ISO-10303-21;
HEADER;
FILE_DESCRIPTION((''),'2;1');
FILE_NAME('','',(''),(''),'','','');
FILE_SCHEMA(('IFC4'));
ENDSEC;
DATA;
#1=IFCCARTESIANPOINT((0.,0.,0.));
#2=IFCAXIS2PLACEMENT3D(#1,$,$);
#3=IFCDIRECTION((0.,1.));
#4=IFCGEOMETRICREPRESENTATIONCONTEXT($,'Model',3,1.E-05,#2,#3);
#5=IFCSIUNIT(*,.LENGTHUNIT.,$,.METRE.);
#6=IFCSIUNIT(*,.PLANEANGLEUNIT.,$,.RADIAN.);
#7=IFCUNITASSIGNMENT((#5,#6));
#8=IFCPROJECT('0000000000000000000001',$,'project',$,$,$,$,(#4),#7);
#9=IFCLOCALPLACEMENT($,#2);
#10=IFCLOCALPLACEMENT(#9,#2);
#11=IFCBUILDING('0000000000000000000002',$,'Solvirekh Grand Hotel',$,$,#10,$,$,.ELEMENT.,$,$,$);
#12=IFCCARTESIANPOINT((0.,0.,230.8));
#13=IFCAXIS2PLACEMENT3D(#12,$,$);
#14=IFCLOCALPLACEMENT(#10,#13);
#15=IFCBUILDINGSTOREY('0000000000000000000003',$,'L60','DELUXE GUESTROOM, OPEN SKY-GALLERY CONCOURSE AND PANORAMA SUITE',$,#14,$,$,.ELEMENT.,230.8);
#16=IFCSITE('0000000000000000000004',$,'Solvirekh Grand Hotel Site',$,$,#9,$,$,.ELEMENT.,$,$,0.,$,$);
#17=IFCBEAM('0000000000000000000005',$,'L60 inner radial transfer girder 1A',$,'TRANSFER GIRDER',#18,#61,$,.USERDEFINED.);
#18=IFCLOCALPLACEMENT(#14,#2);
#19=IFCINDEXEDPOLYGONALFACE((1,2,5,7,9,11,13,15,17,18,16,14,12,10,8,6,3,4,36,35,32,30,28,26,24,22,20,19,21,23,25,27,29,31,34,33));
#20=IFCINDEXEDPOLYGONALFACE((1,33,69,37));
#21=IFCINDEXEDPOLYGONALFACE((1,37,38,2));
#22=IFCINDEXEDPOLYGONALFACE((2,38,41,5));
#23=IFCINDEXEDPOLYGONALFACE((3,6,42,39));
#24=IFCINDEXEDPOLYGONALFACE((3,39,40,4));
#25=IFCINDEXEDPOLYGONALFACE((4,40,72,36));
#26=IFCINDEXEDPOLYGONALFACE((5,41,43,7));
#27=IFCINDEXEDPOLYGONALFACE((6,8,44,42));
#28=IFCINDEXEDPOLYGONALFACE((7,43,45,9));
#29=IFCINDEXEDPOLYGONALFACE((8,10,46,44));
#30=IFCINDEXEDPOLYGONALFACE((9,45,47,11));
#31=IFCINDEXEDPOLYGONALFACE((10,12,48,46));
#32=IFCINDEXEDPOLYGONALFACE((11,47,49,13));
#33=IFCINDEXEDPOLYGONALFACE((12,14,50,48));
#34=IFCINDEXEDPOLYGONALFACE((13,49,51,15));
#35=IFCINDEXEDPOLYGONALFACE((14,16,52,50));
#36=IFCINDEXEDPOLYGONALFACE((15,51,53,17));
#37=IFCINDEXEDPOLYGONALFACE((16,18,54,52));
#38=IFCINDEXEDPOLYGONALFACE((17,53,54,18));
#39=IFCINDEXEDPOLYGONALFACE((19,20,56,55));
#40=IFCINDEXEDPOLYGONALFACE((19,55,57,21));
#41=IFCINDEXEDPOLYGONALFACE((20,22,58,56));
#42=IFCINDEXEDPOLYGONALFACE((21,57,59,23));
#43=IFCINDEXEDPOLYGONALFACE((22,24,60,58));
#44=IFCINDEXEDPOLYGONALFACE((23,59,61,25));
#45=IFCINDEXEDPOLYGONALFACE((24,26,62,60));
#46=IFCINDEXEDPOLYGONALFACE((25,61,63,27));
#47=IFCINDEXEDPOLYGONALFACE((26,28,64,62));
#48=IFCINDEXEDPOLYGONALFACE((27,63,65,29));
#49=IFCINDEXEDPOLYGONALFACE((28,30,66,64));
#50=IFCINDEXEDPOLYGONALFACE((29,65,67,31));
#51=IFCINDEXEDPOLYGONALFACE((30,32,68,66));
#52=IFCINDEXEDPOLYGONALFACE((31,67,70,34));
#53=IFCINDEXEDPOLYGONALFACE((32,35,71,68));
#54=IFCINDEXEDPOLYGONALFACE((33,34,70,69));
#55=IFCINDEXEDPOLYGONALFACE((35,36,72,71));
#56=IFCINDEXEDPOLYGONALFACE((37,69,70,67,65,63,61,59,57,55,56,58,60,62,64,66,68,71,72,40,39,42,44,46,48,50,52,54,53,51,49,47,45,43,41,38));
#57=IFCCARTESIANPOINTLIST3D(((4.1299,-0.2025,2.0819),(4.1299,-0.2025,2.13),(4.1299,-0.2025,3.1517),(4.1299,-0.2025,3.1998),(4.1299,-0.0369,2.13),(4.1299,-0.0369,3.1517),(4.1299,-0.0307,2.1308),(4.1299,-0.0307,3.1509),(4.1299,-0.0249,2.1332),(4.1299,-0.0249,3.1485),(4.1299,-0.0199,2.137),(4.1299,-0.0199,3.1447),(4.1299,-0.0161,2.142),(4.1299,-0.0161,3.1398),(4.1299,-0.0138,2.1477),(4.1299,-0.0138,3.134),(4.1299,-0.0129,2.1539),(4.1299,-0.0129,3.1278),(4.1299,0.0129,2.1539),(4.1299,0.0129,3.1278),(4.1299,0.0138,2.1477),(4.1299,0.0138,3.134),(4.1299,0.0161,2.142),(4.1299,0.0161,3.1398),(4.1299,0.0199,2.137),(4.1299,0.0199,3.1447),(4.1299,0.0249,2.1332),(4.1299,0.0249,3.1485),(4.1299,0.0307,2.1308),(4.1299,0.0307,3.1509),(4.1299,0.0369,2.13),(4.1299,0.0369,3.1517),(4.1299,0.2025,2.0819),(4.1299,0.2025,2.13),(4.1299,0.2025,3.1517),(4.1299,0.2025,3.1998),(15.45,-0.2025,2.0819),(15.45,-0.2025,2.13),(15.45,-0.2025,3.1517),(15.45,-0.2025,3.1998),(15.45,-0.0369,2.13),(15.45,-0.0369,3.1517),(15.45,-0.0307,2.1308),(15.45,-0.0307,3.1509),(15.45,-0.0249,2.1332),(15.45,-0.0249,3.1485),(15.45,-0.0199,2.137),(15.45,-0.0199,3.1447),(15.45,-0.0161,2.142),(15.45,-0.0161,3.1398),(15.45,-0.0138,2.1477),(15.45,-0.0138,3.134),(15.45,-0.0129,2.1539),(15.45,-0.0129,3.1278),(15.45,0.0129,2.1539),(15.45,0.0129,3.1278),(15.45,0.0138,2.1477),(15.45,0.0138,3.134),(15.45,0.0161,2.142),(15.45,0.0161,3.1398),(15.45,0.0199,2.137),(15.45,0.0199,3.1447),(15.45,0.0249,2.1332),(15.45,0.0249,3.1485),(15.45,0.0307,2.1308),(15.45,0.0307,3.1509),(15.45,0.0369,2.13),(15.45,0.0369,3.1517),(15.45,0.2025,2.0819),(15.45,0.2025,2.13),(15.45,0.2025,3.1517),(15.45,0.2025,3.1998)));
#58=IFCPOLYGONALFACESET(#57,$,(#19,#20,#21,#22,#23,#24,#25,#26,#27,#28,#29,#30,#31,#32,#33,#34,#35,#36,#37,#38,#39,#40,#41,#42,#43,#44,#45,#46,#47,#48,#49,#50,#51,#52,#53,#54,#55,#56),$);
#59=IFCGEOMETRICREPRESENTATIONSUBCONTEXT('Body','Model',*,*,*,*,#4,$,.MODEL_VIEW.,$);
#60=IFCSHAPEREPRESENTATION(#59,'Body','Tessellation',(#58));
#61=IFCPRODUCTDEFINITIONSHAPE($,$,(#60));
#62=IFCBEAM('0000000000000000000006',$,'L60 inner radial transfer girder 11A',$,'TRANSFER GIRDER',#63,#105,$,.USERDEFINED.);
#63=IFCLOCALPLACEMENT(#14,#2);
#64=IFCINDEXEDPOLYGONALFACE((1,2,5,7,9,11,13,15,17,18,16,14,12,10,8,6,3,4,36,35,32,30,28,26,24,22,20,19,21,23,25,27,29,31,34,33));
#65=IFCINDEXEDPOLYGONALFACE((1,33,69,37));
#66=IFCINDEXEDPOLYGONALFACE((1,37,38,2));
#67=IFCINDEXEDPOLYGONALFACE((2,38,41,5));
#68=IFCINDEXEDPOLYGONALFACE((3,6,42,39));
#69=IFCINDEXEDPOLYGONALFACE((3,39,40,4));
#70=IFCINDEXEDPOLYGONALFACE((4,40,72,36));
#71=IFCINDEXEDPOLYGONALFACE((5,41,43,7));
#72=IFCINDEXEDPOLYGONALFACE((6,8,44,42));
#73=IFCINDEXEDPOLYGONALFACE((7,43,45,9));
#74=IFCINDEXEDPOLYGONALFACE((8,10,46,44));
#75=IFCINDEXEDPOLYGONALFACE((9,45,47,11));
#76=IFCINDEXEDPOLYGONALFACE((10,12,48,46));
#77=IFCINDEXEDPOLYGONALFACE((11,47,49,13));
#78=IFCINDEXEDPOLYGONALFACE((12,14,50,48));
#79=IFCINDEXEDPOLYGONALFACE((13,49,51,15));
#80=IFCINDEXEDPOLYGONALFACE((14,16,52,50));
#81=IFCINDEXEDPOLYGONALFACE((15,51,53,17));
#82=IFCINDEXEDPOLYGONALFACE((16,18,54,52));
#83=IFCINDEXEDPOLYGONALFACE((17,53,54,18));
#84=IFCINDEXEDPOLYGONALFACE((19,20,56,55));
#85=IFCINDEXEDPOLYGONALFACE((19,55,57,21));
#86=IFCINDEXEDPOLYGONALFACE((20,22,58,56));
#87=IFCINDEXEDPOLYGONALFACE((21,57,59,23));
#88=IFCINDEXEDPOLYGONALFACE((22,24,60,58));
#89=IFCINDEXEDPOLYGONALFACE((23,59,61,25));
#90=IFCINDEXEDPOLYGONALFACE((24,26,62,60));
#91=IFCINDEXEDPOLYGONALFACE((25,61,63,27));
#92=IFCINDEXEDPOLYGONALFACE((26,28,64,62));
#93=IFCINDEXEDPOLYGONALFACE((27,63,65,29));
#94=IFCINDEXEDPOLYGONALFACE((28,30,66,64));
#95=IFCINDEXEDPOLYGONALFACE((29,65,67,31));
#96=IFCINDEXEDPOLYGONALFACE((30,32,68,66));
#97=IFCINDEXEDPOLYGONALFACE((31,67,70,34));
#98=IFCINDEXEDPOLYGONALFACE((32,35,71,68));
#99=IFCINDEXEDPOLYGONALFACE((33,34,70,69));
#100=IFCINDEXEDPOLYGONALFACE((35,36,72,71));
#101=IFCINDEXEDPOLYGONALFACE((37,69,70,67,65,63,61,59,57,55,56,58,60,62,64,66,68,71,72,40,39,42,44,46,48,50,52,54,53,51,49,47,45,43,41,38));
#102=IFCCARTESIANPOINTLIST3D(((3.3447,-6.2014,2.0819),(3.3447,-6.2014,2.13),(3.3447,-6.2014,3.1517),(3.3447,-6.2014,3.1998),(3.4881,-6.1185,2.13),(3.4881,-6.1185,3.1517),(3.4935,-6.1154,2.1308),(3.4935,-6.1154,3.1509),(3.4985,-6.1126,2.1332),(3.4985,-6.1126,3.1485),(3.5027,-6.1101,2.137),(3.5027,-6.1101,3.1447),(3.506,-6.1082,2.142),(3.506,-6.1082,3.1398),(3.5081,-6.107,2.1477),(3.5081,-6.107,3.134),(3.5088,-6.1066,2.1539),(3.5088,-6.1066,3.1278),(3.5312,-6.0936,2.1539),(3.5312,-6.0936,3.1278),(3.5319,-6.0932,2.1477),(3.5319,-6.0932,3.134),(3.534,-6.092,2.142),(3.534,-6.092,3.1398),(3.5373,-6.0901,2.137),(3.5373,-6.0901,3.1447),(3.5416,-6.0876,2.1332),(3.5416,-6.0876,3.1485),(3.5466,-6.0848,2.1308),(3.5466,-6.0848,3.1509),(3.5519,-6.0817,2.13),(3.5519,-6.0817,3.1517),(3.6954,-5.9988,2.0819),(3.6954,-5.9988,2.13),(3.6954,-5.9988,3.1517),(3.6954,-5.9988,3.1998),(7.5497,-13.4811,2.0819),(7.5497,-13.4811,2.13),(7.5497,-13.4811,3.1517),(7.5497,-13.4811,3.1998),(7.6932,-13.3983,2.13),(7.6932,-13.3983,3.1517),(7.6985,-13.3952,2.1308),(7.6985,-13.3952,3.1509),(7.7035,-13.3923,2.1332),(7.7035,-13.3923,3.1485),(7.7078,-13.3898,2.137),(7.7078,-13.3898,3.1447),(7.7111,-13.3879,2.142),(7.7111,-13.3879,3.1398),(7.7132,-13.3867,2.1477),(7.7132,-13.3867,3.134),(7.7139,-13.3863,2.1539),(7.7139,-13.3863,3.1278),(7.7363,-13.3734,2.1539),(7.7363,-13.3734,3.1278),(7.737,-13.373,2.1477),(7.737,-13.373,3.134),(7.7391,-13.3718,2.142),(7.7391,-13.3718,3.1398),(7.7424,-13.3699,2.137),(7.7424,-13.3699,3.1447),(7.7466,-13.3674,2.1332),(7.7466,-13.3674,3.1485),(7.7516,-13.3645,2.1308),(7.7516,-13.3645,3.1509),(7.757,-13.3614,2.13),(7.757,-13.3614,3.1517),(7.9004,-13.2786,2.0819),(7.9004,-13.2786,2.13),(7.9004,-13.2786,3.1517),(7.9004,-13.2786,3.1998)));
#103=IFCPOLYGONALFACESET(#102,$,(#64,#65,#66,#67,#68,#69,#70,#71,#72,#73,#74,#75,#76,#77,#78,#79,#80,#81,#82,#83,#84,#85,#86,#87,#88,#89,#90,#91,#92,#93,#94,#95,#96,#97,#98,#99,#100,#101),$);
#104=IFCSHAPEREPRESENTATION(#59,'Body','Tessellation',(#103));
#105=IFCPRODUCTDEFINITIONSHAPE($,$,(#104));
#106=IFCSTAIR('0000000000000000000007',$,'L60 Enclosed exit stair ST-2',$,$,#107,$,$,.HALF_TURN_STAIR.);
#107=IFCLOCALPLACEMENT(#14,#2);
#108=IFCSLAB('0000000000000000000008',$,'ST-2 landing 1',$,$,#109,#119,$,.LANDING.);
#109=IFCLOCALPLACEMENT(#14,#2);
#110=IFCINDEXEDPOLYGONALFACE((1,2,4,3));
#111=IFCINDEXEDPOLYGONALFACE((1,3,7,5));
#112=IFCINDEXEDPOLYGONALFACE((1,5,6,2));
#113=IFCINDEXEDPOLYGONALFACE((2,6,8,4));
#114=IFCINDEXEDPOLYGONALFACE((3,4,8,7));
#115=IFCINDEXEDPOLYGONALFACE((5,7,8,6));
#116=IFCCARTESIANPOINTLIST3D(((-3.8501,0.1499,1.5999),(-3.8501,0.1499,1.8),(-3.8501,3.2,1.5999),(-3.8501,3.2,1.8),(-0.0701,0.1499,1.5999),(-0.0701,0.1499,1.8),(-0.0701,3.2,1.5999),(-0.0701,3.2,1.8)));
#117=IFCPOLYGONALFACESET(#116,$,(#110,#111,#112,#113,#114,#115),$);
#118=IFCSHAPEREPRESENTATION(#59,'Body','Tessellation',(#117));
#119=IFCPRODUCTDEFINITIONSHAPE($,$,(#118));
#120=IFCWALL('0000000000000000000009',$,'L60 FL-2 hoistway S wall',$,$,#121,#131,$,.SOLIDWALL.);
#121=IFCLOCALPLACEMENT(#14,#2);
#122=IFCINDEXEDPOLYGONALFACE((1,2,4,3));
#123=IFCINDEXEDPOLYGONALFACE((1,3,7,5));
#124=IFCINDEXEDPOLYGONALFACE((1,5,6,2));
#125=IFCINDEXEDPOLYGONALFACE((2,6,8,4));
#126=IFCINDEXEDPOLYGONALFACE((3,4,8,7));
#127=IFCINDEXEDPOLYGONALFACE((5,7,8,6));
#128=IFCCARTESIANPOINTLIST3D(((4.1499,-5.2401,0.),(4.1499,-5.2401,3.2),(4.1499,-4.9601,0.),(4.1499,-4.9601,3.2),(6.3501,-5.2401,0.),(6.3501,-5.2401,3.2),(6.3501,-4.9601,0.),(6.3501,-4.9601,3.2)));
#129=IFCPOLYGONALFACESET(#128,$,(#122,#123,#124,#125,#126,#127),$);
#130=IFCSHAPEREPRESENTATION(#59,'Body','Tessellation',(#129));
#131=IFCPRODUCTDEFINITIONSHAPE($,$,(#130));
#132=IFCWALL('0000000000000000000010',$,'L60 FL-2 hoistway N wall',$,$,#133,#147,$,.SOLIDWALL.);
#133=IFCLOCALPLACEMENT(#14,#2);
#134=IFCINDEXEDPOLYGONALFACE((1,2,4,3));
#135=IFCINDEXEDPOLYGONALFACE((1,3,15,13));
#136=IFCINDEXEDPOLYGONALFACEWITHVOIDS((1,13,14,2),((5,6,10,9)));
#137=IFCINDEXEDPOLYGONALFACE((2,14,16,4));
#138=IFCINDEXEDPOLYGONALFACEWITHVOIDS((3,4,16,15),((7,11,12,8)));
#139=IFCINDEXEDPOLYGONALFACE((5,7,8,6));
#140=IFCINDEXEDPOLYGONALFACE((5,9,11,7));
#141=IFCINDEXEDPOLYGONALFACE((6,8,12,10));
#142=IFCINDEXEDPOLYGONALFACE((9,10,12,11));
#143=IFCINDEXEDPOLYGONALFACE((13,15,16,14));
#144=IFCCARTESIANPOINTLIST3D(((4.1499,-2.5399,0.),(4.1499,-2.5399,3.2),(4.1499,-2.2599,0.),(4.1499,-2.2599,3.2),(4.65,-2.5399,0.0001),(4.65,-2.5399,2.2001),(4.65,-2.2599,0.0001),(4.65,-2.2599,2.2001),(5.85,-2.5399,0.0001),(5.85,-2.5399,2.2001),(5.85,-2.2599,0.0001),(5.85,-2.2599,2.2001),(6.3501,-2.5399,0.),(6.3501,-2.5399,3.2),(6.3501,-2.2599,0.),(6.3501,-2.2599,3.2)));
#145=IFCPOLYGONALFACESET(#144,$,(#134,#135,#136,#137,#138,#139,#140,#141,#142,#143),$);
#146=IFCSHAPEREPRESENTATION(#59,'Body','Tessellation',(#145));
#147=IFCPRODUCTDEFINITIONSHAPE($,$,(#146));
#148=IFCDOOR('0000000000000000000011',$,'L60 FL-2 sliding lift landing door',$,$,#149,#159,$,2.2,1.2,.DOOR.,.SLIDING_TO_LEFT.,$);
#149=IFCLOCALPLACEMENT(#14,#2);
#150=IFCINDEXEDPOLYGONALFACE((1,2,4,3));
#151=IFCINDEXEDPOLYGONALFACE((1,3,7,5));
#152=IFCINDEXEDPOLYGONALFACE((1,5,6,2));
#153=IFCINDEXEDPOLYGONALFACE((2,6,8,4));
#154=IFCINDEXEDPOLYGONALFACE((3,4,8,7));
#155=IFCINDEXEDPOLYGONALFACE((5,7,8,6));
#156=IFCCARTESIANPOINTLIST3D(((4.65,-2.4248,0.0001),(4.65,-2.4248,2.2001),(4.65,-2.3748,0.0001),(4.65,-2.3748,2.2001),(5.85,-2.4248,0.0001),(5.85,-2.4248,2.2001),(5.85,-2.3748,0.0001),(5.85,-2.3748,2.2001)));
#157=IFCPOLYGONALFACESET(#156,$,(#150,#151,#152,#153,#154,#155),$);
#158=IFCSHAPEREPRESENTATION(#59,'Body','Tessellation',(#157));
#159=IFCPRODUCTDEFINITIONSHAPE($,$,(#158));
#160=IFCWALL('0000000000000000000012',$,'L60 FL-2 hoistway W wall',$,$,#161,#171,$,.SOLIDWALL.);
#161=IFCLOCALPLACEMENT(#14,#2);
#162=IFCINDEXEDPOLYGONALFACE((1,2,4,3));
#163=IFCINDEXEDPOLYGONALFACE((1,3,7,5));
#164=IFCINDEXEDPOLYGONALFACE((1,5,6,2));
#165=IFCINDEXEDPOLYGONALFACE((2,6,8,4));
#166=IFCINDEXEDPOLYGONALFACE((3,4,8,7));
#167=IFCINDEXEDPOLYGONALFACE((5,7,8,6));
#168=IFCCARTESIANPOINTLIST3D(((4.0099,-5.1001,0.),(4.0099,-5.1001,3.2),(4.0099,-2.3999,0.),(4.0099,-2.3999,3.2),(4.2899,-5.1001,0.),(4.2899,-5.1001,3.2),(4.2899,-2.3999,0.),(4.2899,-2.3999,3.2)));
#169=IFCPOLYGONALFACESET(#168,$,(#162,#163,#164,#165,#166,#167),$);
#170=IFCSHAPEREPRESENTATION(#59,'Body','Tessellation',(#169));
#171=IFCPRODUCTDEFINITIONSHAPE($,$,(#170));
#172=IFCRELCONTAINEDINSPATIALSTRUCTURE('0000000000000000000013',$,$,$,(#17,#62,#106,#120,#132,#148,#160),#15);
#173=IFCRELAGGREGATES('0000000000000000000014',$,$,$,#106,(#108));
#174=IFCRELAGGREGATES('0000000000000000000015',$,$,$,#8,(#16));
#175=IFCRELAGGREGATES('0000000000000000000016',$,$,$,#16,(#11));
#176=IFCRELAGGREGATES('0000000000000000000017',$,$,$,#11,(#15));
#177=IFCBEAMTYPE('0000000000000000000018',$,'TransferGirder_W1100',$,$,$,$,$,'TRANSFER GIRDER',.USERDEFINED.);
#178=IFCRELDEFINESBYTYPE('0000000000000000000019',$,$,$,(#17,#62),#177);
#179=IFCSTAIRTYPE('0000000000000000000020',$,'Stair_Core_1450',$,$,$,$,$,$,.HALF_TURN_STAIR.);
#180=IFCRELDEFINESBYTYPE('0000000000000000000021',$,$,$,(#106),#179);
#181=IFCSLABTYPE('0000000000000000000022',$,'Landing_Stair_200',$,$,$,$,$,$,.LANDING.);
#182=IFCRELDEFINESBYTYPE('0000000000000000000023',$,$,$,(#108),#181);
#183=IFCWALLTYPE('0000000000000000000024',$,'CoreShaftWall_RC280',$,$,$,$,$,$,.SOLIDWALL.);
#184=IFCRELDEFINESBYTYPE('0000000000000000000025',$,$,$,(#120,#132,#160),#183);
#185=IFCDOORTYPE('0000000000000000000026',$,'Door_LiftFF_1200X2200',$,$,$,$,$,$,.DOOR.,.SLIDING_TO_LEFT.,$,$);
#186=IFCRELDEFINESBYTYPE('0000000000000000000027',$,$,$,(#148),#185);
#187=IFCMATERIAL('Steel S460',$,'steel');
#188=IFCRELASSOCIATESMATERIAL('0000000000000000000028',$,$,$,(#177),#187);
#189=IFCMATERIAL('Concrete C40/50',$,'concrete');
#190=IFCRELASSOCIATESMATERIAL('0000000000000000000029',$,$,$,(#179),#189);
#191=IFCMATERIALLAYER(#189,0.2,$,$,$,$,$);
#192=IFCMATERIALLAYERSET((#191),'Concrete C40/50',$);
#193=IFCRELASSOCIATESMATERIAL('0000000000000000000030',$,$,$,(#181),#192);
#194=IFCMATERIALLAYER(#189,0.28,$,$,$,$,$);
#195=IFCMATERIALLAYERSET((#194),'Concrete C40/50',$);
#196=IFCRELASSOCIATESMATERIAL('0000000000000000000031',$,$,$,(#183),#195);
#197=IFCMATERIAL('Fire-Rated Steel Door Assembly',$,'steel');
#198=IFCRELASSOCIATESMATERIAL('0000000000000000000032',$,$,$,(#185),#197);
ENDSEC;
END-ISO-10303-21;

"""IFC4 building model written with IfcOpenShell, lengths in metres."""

from ifc_helpers import new_model, si_unit, direction, frame, frame_2d, origin, origin_2d, place, context, subcontext, project, spatial, polyline, rectangle, i_section, outline, extrude, material, layer, layer_set, material_profile, profile_set, type_object, element, fill, aggregate, save


model = new_model("IFC4")

# Units and contexts
model_context = context("Model", 3, precision=1e-05, world=origin(), true_north=direction((0.0, 1.0)))
body_context = subcontext(model_context, "Body", "Model", "MODEL_VIEW")
ifc_project = project(units=[si_unit("LENGTHUNIT", "METRE"), si_unit("PLANEANGLEUNIT", "RADIAN")], contexts=[model_context])

# Site, building, storey
site_placement = place(None, origin())
site = spatial("IfcSite", under=ifc_project, at=site_placement, Name="Solvirekh Grand Hotel Site", CompositionType="ELEMENT", RefElevation=0.0)
building_placement = place(site_placement, origin())
building = spatial("IfcBuilding", under=site, at=building_placement, Name="Solvirekh Grand Hotel", CompositionType="ELEMENT")
storey_placement = place(building_placement, frame((0.0, 0.0, 230.8)))
storey = spatial("IfcBuildingStorey", under=building, at=storey_placement, Name="L60", Description="DELUXE GUESTROOM, OPEN SKY-GALLERY CONCOURSE AND PANORAMA SUITE", CompositionType="ELEMENT", Elevation=230.8)

# Beams
ifc_material_1 = material(Name="Steel S460", Category="steel")
ifc_material_profile = material_profile(ifc_material_1, i_section(OverallWidth=0.405, OverallDepth=1.1179, WebThickness=0.0259, FlangeThickness=0.0481, FilletRadius=0.0239, at=origin_2d()), Name="W1100X499")
ifc_profile_set = profile_set([ifc_material_profile], Name="Steel S460")
beam_type = type_object("IfcBeamType", Name="TransferGirder_W1100", ElementType="TRANSFER GIRDER", PredefinedType="USERDEFINED", material=ifc_profile_set)
beam_1_placement = place(storey_placement, frame((4.1299, 0.0, 2.6409), z_axis=(1.0, 0.0, 0.0), x_axis=(0.0, 1.0, 0.0)))
element("IfcBeam", 1, at=beam_1_placement, inside=storey, type_object=beam_type, Name="L60 inner radial transfer girder 1A", ObjectType="TRANSFER GIRDER", PredefinedType="USERDEFINED", context=body_context, shape_type="SweptSolid", body=[
    extrude(i_section(OverallWidth=0.405, OverallDepth=1.1179, WebThickness=0.0259, FlangeThickness=0.0481, FilletRadius=0.0239, at=origin_2d()), origin(), (0.0, 0.0, 1.0), 11.3201),
])
beam_2_placement = place(storey_placement, frame((3.52, -6.1001, 2.6409), z_axis=(0.500187, -0.865918, 0.0), x_axis=(0.865918, 0.500187, 0.0)))
element("IfcBeam", 2, at=beam_2_placement, inside=storey, type_object=beam_type, Name="L60 inner radial transfer girder 11A", ObjectType="TRANSFER GIRDER", PredefinedType="USERDEFINED", context=body_context, shape_type="SweptSolid", body=[
    extrude(i_section(OverallWidth=0.405, OverallDepth=1.1179, WebThickness=0.0259, FlangeThickness=0.0481, FilletRadius=0.0239, at=origin_2d()), origin(), (0.0, 0.0, 1.0), 8.407),
])

# Stair, slab
ifc_material_2 = material(Name="Concrete C40/50", Category="concrete")
stair_type = type_object("IfcStairType", Name="Stair_Core_1450", PredefinedType="HALF_TURN_STAIR", material=ifc_material_2)
stair_1_placement = place(storey_placement, origin())
stair_1 = element("IfcStair", 3, at=stair_1_placement, inside=storey, type_object=stair_type, Name="L60 Enclosed exit stair ST-2", PredefinedType="HALF_TURN_STAIR")
ifc_layer_1 = layer(ifc_material_2, 0.2)
ifc_layer_set_1 = layer_set([ifc_layer_1], Name="Concrete C40/50")
slab_type = type_object("IfcSlabType", Name="Landing_Stair_200", PredefinedType="LANDING", material=ifc_layer_set_1)
slab_placement = place(storey_placement, frame((0.0, 0.0, 1.5999)))
slab = element("IfcSlab", 4, at=slab_placement, type_object=slab_type, Name="ST-2 landing 1", PredefinedType="LANDING", context=body_context, shape_type="SweptSolid", body=[
    extrude(outline(polyline([(-0.0701, 3.2), (-3.8501, 3.2), (-3.8501, 0.1499), (-0.0701, 0.1499), (-0.0701, 3.2)])), origin(), (0.0, 0.0, 1.0), 0.2002),
])
aggregate(stair_1, [slab])

# Wall
ifc_layer_2 = layer(ifc_material_2, 0.28)
ifc_layer_set_2 = layer_set([ifc_layer_2], Name="Concrete C40/50")
wall_type_1 = type_object("IfcWallType", Name="CoreShaftWall_RC280", PredefinedType="SOLIDWALL", material=ifc_layer_set_2)
wall_1_placement = place(storey_placement, frame((4.1499, -5.1001, 0.0), z_axis=(0.0, 0.0, 1.0), x_axis=(1.0, 0.0, 0.0)))
element("IfcWall", 5, at=wall_1_placement, inside=storey, type_object=wall_type_1, Name="L60 FL-2 hoistway S wall", PredefinedType="SOLIDWALL", context=body_context, shape_type="SweptSolid", body=[
    extrude(rectangle(XDim=2.2002, YDim=0.28, at=frame_2d((1.1001, 0.0))), origin(), (0.0, 0.0, 1.0), 3.2),
])

# Wall, opening, door
wall_2_placement = place(storey_placement, frame((6.3501, -2.3999, 0.0), z_axis=(0.0, 0.0, 1.0), x_axis=(-1.0, 0.0, 0.0)))
wall_2 = element("IfcWall", 6, at=wall_2_placement, inside=storey, type_object=wall_type_1, Name="L60 FL-2 hoistway N wall", PredefinedType="SOLIDWALL", context=body_context, shape_type="SweptSolid", body=[
    extrude(rectangle(XDim=2.2002, YDim=0.28, at=frame_2d((1.1001, 0.0))), origin(), (0.0, 0.0, 1.0), 3.2),
])
opening_1_placement = place(wall_2_placement, frame((0.5, 0.0, 0.0)))
opening_1 = element("IfcOpeningElement", 7, at=opening_1_placement, cuts=wall_2, PredefinedType="OPENING", context=body_context, shape_type="SweptSolid", body=[
    extrude(rectangle(XDim=1.2, YDim=2.2, at=frame_2d((0.6001, 1.1001))), frame((0.0, 0.1499, 0.0), z_axis=(0.0, -1.0, 0.0), x_axis=(1.0, 0.0, 0.0)), (0.0, 0.0, 1.0), 0.3),
])
ifc_material_3 = material(Name="Fire-Rated Steel Door Assembly", Category="steel")
door_type_1 = type_object("IfcDoorType", Name="Door_LiftFF_1200X2200", OperationType="SLIDING_TO_LEFT", PredefinedType="DOOR", material=ifc_material_3)
door_1_placement = place(opening_1_placement, origin())
door_1 = element("IfcDoor", 8, at=door_1_placement, inside=storey, type_object=door_type_1, Name="L60 FL-2 sliding lift landing door", OperationType="SLIDING_TO_LEFT", OverallHeight=2.2, OverallWidth=1.2, PredefinedType="DOOR", context=body_context, shape_type="SweptSolid", body=[
    extrude(rectangle(XDim=1.2, YDim=2.2, at=frame_2d((0.6001, 1.1001))), frame((0.0, 0.0249, 0.0), z_axis=(0.0, -1.0, 0.0), x_axis=(1.0, 0.0, 0.0)), (0.0, 0.0, 1.0), 0.05),
])
fill(opening_1, door_1)

# Wall
wall_3_placement = place(storey_placement, frame((4.1499, -2.3999, 0.0), z_axis=(0.0, 0.0, 1.0), x_axis=(0.0, -1.0, 0.0)))
element("IfcWall", 9, at=wall_3_placement, inside=storey, type_object=wall_type_1, Name="L60 FL-2 hoistway W wall", PredefinedType="SOLIDWALL", context=body_context, shape_type="SweptSolid", body=[
    extrude(rectangle(XDim=2.7002, YDim=0.28, at=frame_2d((1.3501, 0.0))), origin(), (0.0, 0.0, 1.0), 3.2),
])

save(model, "model.ifc")
